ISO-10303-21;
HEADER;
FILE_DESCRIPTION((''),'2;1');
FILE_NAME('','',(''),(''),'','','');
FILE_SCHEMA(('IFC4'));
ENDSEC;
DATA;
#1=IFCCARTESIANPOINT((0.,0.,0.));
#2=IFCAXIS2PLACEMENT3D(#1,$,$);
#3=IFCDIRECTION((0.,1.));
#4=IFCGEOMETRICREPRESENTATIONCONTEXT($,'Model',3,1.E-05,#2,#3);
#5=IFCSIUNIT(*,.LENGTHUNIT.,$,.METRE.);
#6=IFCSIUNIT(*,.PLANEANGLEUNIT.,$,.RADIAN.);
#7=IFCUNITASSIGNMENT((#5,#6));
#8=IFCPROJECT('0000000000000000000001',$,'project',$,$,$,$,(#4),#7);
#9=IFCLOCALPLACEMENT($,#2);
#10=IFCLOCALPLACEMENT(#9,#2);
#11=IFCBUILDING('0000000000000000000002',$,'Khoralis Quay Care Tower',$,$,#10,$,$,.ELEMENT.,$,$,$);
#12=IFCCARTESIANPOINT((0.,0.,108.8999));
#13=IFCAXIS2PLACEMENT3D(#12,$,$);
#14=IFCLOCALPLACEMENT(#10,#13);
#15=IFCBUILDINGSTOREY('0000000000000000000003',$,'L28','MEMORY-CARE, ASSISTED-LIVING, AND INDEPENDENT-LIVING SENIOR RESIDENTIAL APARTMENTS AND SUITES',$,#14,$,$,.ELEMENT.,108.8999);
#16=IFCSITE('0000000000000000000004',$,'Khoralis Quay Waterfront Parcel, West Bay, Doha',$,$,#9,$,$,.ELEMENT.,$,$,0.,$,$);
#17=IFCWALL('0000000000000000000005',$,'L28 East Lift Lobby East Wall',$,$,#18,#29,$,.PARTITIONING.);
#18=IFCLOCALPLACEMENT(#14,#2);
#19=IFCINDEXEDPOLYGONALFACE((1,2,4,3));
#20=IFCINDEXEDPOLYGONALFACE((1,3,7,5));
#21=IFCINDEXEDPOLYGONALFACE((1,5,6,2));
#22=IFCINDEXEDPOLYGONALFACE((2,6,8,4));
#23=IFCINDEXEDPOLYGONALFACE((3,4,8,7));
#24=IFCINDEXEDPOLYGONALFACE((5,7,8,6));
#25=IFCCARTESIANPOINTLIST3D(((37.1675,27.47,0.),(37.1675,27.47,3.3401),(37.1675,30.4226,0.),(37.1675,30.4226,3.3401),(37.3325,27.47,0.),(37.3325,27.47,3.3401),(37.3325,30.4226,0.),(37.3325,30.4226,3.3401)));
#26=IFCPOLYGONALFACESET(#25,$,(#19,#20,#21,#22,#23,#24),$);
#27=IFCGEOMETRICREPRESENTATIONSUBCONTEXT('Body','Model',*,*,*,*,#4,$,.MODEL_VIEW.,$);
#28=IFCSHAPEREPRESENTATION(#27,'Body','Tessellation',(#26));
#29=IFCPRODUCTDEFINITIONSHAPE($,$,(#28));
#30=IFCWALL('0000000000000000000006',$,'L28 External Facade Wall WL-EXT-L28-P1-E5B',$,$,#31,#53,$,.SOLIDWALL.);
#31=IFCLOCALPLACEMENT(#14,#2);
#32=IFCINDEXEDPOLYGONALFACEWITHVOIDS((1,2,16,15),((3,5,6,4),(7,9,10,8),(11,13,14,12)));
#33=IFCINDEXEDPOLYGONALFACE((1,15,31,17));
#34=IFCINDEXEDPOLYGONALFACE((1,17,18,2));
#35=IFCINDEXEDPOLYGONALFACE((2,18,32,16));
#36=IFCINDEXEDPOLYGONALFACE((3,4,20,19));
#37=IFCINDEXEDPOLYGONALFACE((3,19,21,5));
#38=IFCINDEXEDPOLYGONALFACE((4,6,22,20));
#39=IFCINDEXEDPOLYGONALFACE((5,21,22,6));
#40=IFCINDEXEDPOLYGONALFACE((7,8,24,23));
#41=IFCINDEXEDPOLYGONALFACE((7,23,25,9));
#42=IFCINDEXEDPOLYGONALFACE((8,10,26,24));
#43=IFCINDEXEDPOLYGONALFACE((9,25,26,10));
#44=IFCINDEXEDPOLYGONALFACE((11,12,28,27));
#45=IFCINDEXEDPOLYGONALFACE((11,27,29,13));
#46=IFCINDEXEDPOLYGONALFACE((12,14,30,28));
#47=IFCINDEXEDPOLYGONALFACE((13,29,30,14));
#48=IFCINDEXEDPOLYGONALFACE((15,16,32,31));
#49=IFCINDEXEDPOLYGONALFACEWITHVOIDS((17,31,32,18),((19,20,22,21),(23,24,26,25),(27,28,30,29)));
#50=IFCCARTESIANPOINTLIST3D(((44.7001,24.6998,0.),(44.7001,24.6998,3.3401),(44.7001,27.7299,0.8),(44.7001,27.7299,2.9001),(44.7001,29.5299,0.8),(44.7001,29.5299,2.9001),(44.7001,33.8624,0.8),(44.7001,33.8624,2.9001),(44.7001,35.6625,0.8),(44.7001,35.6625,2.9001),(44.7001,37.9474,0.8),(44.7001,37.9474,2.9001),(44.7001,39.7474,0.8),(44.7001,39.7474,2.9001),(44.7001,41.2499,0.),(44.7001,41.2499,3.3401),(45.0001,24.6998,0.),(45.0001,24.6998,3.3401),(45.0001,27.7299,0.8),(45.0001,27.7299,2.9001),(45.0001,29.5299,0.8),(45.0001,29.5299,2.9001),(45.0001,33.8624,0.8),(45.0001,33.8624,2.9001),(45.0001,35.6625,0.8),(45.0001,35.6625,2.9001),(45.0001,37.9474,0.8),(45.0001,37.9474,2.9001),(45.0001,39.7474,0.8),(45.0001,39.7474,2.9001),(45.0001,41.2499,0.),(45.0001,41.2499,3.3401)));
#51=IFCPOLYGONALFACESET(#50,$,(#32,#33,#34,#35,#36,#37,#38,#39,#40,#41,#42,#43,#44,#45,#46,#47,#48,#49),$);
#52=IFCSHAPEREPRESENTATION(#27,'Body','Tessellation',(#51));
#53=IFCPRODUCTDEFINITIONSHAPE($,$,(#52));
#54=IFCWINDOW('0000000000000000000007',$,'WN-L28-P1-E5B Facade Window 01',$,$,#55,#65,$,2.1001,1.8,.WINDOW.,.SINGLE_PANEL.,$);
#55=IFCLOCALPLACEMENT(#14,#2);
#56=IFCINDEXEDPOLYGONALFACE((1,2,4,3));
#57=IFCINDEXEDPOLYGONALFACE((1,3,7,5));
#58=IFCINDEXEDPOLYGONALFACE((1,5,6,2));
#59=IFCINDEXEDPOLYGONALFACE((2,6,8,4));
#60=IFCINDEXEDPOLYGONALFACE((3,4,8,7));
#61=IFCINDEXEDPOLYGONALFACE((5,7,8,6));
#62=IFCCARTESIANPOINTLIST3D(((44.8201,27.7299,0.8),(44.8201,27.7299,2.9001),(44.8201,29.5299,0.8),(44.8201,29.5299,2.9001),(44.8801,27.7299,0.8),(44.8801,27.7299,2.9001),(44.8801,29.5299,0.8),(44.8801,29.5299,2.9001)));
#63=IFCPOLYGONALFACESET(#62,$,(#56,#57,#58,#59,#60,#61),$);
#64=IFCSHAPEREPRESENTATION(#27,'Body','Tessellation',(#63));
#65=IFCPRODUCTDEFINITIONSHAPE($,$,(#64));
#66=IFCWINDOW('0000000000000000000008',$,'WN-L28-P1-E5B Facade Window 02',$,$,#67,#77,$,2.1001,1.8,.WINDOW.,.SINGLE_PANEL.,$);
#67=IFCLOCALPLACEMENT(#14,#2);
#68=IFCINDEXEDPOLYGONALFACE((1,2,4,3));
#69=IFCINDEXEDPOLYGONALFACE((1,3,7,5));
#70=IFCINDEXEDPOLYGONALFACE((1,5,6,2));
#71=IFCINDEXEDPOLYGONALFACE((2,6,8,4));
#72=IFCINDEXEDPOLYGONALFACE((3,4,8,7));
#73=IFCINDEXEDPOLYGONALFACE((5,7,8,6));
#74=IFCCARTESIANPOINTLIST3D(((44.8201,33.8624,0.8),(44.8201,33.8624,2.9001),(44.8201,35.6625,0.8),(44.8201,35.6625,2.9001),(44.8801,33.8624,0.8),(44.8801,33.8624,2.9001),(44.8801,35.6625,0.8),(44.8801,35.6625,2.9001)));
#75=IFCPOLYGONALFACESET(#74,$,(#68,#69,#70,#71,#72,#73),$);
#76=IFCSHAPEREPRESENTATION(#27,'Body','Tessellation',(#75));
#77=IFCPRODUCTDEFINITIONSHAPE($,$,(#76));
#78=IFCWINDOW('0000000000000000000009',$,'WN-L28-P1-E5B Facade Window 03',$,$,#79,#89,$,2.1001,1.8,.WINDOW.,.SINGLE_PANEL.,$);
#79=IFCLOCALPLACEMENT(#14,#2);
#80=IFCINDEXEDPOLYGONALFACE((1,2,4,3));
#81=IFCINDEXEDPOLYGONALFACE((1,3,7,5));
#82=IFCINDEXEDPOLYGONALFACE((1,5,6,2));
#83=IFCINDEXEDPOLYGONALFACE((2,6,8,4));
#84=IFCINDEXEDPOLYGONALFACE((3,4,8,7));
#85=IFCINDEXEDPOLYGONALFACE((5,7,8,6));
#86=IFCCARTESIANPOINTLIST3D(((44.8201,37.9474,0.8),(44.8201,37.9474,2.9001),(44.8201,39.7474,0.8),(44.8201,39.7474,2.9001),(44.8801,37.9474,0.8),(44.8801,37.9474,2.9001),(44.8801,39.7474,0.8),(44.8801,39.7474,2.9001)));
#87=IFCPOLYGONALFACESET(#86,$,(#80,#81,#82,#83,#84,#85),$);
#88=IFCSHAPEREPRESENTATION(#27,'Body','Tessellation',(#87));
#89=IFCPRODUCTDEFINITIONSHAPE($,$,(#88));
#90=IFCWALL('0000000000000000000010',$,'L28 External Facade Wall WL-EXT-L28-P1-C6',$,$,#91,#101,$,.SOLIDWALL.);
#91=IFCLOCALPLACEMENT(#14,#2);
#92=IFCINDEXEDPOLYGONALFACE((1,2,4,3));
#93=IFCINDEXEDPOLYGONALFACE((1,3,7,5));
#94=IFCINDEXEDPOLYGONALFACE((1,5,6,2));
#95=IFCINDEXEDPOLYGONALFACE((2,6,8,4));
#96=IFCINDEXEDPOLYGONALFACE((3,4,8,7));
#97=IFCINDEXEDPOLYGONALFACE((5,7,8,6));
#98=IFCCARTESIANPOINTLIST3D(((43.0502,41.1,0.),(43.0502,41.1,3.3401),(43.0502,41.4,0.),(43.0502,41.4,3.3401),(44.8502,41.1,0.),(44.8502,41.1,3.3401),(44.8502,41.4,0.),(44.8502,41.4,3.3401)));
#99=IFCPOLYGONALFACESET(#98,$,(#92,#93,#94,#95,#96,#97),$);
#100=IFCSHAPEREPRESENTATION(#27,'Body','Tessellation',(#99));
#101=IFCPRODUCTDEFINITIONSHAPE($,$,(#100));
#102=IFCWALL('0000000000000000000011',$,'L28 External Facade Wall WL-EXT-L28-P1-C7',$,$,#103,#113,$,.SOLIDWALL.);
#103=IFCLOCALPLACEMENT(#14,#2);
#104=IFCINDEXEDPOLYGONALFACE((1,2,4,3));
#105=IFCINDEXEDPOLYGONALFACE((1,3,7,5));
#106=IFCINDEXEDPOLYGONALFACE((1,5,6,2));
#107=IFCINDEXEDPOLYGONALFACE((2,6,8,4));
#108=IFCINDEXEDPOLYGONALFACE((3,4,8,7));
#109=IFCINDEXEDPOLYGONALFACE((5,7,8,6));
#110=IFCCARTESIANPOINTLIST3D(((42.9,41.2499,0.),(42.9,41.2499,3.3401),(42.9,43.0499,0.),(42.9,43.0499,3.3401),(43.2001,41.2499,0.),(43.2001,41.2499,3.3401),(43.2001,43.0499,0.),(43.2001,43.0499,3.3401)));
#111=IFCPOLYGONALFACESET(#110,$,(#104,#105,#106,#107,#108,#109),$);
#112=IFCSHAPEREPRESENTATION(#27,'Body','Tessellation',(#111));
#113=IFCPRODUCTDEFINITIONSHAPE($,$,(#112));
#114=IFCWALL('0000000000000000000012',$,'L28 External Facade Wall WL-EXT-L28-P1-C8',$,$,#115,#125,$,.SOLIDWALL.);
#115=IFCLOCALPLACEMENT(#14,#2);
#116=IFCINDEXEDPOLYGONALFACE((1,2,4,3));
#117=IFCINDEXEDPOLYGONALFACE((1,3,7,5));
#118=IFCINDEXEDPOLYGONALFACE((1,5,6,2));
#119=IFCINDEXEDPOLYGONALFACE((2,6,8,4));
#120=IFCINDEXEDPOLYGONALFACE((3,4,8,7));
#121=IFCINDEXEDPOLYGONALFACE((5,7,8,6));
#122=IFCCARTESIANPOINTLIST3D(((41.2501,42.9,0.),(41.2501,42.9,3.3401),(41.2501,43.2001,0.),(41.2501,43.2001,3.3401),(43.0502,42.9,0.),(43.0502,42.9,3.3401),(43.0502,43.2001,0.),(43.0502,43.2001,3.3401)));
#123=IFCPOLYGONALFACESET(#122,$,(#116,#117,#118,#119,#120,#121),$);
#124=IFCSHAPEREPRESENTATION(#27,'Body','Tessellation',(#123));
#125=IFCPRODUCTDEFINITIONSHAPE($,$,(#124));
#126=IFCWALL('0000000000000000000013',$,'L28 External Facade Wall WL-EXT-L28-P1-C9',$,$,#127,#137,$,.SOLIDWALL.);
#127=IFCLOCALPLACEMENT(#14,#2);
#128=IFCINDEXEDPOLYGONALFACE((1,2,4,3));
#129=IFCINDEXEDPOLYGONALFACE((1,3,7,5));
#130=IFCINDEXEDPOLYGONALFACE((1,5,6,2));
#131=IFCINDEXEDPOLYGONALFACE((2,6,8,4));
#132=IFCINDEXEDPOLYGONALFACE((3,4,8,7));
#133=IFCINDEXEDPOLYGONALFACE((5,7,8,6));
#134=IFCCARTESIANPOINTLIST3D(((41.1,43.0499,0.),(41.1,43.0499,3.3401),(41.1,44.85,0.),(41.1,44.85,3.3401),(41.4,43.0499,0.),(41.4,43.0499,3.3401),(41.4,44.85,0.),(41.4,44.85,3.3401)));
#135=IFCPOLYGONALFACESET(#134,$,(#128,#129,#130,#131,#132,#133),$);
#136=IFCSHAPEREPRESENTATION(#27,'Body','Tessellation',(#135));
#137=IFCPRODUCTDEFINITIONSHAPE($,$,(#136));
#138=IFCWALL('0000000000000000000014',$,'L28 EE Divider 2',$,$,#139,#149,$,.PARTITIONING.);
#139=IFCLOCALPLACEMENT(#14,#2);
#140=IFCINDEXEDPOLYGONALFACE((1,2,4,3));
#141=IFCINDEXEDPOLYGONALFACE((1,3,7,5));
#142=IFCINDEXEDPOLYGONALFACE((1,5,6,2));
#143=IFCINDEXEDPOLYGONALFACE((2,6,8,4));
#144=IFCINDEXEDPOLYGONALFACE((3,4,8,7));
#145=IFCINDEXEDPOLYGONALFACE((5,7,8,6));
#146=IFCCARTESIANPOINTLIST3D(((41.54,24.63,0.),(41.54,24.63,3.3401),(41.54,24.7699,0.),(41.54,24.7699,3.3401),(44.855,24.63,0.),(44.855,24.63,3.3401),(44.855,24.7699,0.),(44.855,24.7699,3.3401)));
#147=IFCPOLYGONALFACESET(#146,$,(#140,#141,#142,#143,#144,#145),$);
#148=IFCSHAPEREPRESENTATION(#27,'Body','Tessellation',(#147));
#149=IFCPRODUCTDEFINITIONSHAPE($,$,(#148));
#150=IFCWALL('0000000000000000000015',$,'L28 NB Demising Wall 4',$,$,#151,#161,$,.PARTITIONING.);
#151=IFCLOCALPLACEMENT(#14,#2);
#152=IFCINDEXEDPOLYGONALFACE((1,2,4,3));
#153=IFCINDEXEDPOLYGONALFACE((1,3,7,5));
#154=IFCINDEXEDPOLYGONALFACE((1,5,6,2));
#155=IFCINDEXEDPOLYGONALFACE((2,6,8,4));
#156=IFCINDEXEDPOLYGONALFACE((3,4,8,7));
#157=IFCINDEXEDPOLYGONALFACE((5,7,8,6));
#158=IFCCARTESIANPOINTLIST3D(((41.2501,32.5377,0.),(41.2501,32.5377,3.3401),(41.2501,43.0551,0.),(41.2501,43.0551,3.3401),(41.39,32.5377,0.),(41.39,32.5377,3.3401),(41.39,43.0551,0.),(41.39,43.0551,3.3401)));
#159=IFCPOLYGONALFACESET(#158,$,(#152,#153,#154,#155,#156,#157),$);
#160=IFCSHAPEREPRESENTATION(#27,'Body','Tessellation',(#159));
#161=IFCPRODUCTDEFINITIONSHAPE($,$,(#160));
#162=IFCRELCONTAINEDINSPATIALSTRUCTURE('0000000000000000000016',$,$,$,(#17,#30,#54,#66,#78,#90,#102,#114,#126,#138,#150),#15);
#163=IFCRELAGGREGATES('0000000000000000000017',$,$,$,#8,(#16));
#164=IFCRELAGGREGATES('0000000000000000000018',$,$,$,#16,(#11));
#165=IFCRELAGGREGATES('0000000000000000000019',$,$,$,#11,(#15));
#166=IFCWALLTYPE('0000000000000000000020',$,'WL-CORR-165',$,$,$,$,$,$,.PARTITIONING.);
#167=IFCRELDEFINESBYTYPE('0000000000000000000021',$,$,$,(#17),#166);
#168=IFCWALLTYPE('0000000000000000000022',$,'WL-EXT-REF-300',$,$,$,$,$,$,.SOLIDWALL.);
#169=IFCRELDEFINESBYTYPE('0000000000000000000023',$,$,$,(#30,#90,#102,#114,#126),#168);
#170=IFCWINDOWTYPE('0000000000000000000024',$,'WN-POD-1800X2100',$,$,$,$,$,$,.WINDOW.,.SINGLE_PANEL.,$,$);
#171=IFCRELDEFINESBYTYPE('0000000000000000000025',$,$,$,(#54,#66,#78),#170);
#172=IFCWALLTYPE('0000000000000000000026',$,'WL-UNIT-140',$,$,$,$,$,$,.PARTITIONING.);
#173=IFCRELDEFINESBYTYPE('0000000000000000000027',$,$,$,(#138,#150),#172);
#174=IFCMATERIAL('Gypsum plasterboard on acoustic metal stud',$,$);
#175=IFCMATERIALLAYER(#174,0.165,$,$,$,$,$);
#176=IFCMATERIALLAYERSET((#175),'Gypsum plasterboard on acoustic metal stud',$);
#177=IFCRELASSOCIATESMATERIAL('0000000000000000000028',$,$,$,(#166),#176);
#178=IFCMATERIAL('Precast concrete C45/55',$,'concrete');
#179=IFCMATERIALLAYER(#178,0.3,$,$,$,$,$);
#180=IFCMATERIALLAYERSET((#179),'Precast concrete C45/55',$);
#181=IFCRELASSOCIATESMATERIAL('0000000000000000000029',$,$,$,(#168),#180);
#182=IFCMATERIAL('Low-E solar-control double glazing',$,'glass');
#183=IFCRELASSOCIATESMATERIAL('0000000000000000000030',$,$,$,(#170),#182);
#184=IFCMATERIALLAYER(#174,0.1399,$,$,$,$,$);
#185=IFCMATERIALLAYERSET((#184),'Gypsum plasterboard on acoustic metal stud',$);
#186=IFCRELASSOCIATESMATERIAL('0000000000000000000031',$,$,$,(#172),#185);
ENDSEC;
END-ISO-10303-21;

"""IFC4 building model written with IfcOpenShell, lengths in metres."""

from ifc_helpers import new_model, si_unit, direction, frame, frame_2d, origin, place, context, subcontext, project, spatial, rectangle, extrude, source, transform, mapped, material, layer, layer_set, type_object, element, fill, save


model = new_model("IFC4")

# Units and contexts
model_context = context("Model", 3, precision=1e-05, world=origin(), true_north=direction((0.0, 1.0)))
body_context = subcontext(model_context, "Body", "Model", "MODEL_VIEW")
ifc_project = project(units=[si_unit("LENGTHUNIT", "METRE"), si_unit("PLANEANGLEUNIT", "RADIAN")], contexts=[model_context])

# Site, building, storey
site_placement = place(None, origin())
site = spatial("IfcSite", under=ifc_project, at=site_placement, Name="Khoralis Quay Waterfront Parcel, West Bay, Doha", CompositionType="ELEMENT", RefElevation=0.0)
building_placement = place(site_placement, origin())
building = spatial("IfcBuilding", under=site, at=building_placement, Name="Khoralis Quay Care Tower", CompositionType="ELEMENT")
storey_placement = place(building_placement, frame((0.0, 0.0, 108.8999)))
storey = spatial("IfcBuildingStorey", under=building, at=storey_placement, Name="L28", Description="MEMORY-CARE, ASSISTED-LIVING, AND INDEPENDENT-LIVING SENIOR RESIDENTIAL APARTMENTS AND SUITES", CompositionType="ELEMENT", Elevation=108.8999)

# Wall
ifc_material_1 = material(Name="Gypsum plasterboard on acoustic metal stud")
ifc_layer_1 = layer(ifc_material_1, 0.165)
ifc_layer_set_1 = layer_set([ifc_layer_1], Name="Gypsum plasterboard on acoustic metal stud")
wall_type_1 = type_object("IfcWallType", Name="WL-CORR-165", PredefinedType="PARTITIONING", material=ifc_layer_set_1)
wall_1_placement = place(storey_placement, frame((37.25, 27.47, 0.0), z_axis=(0.0, 0.0, 1.0), x_axis=(0.0, 1.0, 0.0)))
element("IfcWall", 1, at=wall_1_placement, inside=storey, type_object=wall_type_1, Name="L28 East Lift Lobby East Wall", PredefinedType="PARTITIONING", context=body_context, shape_type="SweptSolid", body=[
    extrude(rectangle(XDim=2.9526, YDim=0.165, at=frame_2d((1.4763, 0.0))), origin(), (0.0, 0.0, 1.0), 3.3401),
])

# Wall, openings, windows
ifc_material_2 = material(Name="Precast concrete C45/55", Category="concrete")
ifc_layer_2 = layer(ifc_material_2, 0.3)
ifc_layer_set_2 = layer_set([ifc_layer_2], Name="Precast concrete C45/55")
wall_type_2 = type_object("IfcWallType", Name="WL-EXT-REF-300", PredefinedType="SOLIDWALL", material=ifc_layer_set_2)
wall_2_placement = place(storey_placement, frame((44.8501, 24.7, 0.0), z_axis=(0.0, 0.0, 1.0), x_axis=(0.0, 1.0, 0.0)))
wall_2 = element("IfcWall", 2, at=wall_2_placement, inside=storey, type_object=wall_type_2, Name="L28 External Facade Wall WL-EXT-L28-P1-E5B", PredefinedType="SOLIDWALL", context=body_context, shape_type="SweptSolid", body=[
    extrude(rectangle(XDim=16.55, YDim=0.3, at=frame_2d((8.2749, 0.0))), origin(), (0.0, 0.0, 1.0), 3.3401),
])
opening_1_placement = place(wall_2_placement, frame((3.03, 0.0, 0.8)))
opening_1 = element("IfcOpeningElement", 3, at=opening_1_placement, cuts=wall_2, PredefinedType="OPENING", context=body_context, shape_type="SweptSolid", body=[
    extrude(rectangle(XDim=1.8, YDim=2.1001, at=frame_2d((0.8999, 1.05))), frame((0.0, 0.1602, 0.0), z_axis=(0.0, -1.0, 0.0), x_axis=(1.0, 0.0, 0.0)), (0.0, 0.0, 1.0), 0.3201),
])
opening_2_placement = place(wall_2_placement, frame((9.1626, 0.0, 0.8)))
opening_2 = element("IfcOpeningElement", 4, at=opening_2_placement, cuts=wall_2, PredefinedType="OPENING", context=body_context, shape_type="SweptSolid", body=[
    extrude(rectangle(XDim=1.8, YDim=2.1001, at=frame_2d((0.8999, 1.05))), frame((0.0, 0.1602, 0.0), z_axis=(0.0, -1.0, 0.0), x_axis=(1.0, 0.0, 0.0)), (0.0, 0.0, 1.0), 0.3201),
])
opening_3_placement = place(wall_2_placement, frame((13.2476, 0.0, 0.8)))
opening_3 = element("IfcOpeningElement", 5, at=opening_3_placement, cuts=wall_2, PredefinedType="OPENING", context=body_context, shape_type="SweptSolid", body=[
    extrude(rectangle(XDim=1.8, YDim=2.1001, at=frame_2d((0.8999, 1.05))), frame((0.0, 0.1602, 0.0), z_axis=(0.0, -1.0, 0.0), x_axis=(1.0, 0.0, 0.0)), (0.0, 0.0, 1.0), 0.3201),
])
ifc_material_3 = material(Name="Low-E solar-control double glazing", Category="glass")
window_type_1 = type_object("IfcWindowType", Name="WN-POD-1800X2100", PartitioningType="SINGLE_PANEL", PredefinedType="WINDOW", material=ifc_material_3)
shared_shape_1 = source(origin(), body_context, "Body", "SweptSolid", [
    extrude(rectangle(XDim=1.8, YDim=2.1001, at=frame_2d((0.8999, 1.05))), frame((0.0, 0.03, 0.0), z_axis=(0.0, -1.0, 0.0), x_axis=(1.0, 0.0, 0.0)), (0.0, 0.0, 1.0), 0.0601),
])
window_1_placement = place(opening_1_placement, origin())
window_1 = element("IfcWindow", 6, at=window_1_placement, inside=storey, type_object=window_type_1, Name="WN-L28-P1-E5B Facade Window 01", OverallHeight=2.1001, OverallWidth=1.8, PartitioningType="SINGLE_PANEL", PredefinedType="WINDOW", context=body_context, shape_type="MappedRepresentation", body=[
    mapped(shared_shape_1, transform((0.0, 0.0, 0.0), scale=1.0)),
])
fill(opening_1, window_1)
window_2_placement = place(opening_2_placement, origin())
window_2 = element("IfcWindow", 7, at=window_2_placement, inside=storey, type_object=window_type_1, Name="WN-L28-P1-E5B Facade Window 02", OverallHeight=2.1001, OverallWidth=1.8, PartitioningType="SINGLE_PANEL", PredefinedType="WINDOW", context=body_context, shape_type="MappedRepresentation", body=[
    mapped(shared_shape_1, transform((0.0, 0.0, 0.0), scale=1.0)),
])
fill(opening_2, window_2)
window_3_placement = place(opening_3_placement, origin())
window_3 = element("IfcWindow", 8, at=window_3_placement, inside=storey, type_object=window_type_1, Name="WN-L28-P1-E5B Facade Window 03", OverallHeight=2.1001, OverallWidth=1.8, PartitioningType="SINGLE_PANEL", PredefinedType="WINDOW", context=body_context, shape_type="MappedRepresentation", body=[
    mapped(shared_shape_1, transform((0.0, 0.0, 0.0), scale=1.0)),
])
fill(opening_3, window_3)

# Walls
for number, where, z_axis, x_axis, name in (
    (9, (44.8501, 41.25, 0.0), (0.0, 0.0, 1.0), (-1.0, 0.0, 0.0), "L28 External Facade Wall WL-EXT-L28-P1-C6"),
    (10, (43.05, 41.25, 0.0), (0.0, 0.0, 1.0), (0.0, 1.0, 0.0), "L28 External Facade Wall WL-EXT-L28-P1-C7"),
    (11, (43.05, 43.05, 0.0), (0.0, 0.0, 1.0), (-1.0, 0.0, 0.0), "L28 External Facade Wall WL-EXT-L28-P1-C8"),
    (12, (41.25, 43.05, 0.0), (0.0, 0.0, 1.0), (0.0, 1.0, 0.0), "L28 External Facade Wall WL-EXT-L28-P1-C9"),
):
    element("IfcWall", number, at=place(storey_placement, frame(where, z_axis=z_axis, x_axis=x_axis)), inside=storey, type_object=wall_type_2, Name=name, PredefinedType="SOLIDWALL", context=body_context, shape_type="SweptSolid", body=[
        extrude(rectangle(XDim=1.8, YDim=0.3, at=frame_2d((0.8999, 0.0))), origin(), (0.0, 0.0, 1.0), 3.3401),
    ])

# Walls
ifc_layer_3 = layer(ifc_material_1, 0.1399)
ifc_layer_set_3 = layer_set([ifc_layer_3], Name="Gypsum plasterboard on acoustic metal stud")
wall_type_3 = type_object("IfcWallType", Name="WL-UNIT-140", PredefinedType="PARTITIONING", material=ifc_layer_set_3)
wall_3_placement = place(storey_placement, frame((41.54, 24.7, 0.0), z_axis=(0.0, 0.0, 1.0), x_axis=(1.0, 0.0, 0.0)))
element("IfcWall", 13, at=wall_3_placement, inside=storey, type_object=wall_type_3, Name="L28 EE Divider 2", PredefinedType="PARTITIONING", context=body_context, shape_type="SweptSolid", body=[
    extrude(rectangle(XDim=3.3149, YDim=0.1399, at=frame_2d((1.6575, 0.0))), origin(), (0.0, 0.0, 1.0), 3.3401),
])
wall_4_placement = place(storey_placement, frame((41.3201, 32.5376, 0.0), z_axis=(0.0, 0.0, 1.0), x_axis=(0.0, 1.0, 0.0)))
element("IfcWall", 14, at=wall_4_placement, inside=storey, type_object=wall_type_3, Name="L28 NB Demising Wall 4", PredefinedType="PARTITIONING", context=body_context, shape_type="SweptSolid", body=[
    extrude(rectangle(XDim=10.5173, YDim=0.1399, at=frame_2d((5.2588, 0.0))), origin(), (0.0, 0.0, 1.0), 3.3401),
])

save(model, "model.ifc")
